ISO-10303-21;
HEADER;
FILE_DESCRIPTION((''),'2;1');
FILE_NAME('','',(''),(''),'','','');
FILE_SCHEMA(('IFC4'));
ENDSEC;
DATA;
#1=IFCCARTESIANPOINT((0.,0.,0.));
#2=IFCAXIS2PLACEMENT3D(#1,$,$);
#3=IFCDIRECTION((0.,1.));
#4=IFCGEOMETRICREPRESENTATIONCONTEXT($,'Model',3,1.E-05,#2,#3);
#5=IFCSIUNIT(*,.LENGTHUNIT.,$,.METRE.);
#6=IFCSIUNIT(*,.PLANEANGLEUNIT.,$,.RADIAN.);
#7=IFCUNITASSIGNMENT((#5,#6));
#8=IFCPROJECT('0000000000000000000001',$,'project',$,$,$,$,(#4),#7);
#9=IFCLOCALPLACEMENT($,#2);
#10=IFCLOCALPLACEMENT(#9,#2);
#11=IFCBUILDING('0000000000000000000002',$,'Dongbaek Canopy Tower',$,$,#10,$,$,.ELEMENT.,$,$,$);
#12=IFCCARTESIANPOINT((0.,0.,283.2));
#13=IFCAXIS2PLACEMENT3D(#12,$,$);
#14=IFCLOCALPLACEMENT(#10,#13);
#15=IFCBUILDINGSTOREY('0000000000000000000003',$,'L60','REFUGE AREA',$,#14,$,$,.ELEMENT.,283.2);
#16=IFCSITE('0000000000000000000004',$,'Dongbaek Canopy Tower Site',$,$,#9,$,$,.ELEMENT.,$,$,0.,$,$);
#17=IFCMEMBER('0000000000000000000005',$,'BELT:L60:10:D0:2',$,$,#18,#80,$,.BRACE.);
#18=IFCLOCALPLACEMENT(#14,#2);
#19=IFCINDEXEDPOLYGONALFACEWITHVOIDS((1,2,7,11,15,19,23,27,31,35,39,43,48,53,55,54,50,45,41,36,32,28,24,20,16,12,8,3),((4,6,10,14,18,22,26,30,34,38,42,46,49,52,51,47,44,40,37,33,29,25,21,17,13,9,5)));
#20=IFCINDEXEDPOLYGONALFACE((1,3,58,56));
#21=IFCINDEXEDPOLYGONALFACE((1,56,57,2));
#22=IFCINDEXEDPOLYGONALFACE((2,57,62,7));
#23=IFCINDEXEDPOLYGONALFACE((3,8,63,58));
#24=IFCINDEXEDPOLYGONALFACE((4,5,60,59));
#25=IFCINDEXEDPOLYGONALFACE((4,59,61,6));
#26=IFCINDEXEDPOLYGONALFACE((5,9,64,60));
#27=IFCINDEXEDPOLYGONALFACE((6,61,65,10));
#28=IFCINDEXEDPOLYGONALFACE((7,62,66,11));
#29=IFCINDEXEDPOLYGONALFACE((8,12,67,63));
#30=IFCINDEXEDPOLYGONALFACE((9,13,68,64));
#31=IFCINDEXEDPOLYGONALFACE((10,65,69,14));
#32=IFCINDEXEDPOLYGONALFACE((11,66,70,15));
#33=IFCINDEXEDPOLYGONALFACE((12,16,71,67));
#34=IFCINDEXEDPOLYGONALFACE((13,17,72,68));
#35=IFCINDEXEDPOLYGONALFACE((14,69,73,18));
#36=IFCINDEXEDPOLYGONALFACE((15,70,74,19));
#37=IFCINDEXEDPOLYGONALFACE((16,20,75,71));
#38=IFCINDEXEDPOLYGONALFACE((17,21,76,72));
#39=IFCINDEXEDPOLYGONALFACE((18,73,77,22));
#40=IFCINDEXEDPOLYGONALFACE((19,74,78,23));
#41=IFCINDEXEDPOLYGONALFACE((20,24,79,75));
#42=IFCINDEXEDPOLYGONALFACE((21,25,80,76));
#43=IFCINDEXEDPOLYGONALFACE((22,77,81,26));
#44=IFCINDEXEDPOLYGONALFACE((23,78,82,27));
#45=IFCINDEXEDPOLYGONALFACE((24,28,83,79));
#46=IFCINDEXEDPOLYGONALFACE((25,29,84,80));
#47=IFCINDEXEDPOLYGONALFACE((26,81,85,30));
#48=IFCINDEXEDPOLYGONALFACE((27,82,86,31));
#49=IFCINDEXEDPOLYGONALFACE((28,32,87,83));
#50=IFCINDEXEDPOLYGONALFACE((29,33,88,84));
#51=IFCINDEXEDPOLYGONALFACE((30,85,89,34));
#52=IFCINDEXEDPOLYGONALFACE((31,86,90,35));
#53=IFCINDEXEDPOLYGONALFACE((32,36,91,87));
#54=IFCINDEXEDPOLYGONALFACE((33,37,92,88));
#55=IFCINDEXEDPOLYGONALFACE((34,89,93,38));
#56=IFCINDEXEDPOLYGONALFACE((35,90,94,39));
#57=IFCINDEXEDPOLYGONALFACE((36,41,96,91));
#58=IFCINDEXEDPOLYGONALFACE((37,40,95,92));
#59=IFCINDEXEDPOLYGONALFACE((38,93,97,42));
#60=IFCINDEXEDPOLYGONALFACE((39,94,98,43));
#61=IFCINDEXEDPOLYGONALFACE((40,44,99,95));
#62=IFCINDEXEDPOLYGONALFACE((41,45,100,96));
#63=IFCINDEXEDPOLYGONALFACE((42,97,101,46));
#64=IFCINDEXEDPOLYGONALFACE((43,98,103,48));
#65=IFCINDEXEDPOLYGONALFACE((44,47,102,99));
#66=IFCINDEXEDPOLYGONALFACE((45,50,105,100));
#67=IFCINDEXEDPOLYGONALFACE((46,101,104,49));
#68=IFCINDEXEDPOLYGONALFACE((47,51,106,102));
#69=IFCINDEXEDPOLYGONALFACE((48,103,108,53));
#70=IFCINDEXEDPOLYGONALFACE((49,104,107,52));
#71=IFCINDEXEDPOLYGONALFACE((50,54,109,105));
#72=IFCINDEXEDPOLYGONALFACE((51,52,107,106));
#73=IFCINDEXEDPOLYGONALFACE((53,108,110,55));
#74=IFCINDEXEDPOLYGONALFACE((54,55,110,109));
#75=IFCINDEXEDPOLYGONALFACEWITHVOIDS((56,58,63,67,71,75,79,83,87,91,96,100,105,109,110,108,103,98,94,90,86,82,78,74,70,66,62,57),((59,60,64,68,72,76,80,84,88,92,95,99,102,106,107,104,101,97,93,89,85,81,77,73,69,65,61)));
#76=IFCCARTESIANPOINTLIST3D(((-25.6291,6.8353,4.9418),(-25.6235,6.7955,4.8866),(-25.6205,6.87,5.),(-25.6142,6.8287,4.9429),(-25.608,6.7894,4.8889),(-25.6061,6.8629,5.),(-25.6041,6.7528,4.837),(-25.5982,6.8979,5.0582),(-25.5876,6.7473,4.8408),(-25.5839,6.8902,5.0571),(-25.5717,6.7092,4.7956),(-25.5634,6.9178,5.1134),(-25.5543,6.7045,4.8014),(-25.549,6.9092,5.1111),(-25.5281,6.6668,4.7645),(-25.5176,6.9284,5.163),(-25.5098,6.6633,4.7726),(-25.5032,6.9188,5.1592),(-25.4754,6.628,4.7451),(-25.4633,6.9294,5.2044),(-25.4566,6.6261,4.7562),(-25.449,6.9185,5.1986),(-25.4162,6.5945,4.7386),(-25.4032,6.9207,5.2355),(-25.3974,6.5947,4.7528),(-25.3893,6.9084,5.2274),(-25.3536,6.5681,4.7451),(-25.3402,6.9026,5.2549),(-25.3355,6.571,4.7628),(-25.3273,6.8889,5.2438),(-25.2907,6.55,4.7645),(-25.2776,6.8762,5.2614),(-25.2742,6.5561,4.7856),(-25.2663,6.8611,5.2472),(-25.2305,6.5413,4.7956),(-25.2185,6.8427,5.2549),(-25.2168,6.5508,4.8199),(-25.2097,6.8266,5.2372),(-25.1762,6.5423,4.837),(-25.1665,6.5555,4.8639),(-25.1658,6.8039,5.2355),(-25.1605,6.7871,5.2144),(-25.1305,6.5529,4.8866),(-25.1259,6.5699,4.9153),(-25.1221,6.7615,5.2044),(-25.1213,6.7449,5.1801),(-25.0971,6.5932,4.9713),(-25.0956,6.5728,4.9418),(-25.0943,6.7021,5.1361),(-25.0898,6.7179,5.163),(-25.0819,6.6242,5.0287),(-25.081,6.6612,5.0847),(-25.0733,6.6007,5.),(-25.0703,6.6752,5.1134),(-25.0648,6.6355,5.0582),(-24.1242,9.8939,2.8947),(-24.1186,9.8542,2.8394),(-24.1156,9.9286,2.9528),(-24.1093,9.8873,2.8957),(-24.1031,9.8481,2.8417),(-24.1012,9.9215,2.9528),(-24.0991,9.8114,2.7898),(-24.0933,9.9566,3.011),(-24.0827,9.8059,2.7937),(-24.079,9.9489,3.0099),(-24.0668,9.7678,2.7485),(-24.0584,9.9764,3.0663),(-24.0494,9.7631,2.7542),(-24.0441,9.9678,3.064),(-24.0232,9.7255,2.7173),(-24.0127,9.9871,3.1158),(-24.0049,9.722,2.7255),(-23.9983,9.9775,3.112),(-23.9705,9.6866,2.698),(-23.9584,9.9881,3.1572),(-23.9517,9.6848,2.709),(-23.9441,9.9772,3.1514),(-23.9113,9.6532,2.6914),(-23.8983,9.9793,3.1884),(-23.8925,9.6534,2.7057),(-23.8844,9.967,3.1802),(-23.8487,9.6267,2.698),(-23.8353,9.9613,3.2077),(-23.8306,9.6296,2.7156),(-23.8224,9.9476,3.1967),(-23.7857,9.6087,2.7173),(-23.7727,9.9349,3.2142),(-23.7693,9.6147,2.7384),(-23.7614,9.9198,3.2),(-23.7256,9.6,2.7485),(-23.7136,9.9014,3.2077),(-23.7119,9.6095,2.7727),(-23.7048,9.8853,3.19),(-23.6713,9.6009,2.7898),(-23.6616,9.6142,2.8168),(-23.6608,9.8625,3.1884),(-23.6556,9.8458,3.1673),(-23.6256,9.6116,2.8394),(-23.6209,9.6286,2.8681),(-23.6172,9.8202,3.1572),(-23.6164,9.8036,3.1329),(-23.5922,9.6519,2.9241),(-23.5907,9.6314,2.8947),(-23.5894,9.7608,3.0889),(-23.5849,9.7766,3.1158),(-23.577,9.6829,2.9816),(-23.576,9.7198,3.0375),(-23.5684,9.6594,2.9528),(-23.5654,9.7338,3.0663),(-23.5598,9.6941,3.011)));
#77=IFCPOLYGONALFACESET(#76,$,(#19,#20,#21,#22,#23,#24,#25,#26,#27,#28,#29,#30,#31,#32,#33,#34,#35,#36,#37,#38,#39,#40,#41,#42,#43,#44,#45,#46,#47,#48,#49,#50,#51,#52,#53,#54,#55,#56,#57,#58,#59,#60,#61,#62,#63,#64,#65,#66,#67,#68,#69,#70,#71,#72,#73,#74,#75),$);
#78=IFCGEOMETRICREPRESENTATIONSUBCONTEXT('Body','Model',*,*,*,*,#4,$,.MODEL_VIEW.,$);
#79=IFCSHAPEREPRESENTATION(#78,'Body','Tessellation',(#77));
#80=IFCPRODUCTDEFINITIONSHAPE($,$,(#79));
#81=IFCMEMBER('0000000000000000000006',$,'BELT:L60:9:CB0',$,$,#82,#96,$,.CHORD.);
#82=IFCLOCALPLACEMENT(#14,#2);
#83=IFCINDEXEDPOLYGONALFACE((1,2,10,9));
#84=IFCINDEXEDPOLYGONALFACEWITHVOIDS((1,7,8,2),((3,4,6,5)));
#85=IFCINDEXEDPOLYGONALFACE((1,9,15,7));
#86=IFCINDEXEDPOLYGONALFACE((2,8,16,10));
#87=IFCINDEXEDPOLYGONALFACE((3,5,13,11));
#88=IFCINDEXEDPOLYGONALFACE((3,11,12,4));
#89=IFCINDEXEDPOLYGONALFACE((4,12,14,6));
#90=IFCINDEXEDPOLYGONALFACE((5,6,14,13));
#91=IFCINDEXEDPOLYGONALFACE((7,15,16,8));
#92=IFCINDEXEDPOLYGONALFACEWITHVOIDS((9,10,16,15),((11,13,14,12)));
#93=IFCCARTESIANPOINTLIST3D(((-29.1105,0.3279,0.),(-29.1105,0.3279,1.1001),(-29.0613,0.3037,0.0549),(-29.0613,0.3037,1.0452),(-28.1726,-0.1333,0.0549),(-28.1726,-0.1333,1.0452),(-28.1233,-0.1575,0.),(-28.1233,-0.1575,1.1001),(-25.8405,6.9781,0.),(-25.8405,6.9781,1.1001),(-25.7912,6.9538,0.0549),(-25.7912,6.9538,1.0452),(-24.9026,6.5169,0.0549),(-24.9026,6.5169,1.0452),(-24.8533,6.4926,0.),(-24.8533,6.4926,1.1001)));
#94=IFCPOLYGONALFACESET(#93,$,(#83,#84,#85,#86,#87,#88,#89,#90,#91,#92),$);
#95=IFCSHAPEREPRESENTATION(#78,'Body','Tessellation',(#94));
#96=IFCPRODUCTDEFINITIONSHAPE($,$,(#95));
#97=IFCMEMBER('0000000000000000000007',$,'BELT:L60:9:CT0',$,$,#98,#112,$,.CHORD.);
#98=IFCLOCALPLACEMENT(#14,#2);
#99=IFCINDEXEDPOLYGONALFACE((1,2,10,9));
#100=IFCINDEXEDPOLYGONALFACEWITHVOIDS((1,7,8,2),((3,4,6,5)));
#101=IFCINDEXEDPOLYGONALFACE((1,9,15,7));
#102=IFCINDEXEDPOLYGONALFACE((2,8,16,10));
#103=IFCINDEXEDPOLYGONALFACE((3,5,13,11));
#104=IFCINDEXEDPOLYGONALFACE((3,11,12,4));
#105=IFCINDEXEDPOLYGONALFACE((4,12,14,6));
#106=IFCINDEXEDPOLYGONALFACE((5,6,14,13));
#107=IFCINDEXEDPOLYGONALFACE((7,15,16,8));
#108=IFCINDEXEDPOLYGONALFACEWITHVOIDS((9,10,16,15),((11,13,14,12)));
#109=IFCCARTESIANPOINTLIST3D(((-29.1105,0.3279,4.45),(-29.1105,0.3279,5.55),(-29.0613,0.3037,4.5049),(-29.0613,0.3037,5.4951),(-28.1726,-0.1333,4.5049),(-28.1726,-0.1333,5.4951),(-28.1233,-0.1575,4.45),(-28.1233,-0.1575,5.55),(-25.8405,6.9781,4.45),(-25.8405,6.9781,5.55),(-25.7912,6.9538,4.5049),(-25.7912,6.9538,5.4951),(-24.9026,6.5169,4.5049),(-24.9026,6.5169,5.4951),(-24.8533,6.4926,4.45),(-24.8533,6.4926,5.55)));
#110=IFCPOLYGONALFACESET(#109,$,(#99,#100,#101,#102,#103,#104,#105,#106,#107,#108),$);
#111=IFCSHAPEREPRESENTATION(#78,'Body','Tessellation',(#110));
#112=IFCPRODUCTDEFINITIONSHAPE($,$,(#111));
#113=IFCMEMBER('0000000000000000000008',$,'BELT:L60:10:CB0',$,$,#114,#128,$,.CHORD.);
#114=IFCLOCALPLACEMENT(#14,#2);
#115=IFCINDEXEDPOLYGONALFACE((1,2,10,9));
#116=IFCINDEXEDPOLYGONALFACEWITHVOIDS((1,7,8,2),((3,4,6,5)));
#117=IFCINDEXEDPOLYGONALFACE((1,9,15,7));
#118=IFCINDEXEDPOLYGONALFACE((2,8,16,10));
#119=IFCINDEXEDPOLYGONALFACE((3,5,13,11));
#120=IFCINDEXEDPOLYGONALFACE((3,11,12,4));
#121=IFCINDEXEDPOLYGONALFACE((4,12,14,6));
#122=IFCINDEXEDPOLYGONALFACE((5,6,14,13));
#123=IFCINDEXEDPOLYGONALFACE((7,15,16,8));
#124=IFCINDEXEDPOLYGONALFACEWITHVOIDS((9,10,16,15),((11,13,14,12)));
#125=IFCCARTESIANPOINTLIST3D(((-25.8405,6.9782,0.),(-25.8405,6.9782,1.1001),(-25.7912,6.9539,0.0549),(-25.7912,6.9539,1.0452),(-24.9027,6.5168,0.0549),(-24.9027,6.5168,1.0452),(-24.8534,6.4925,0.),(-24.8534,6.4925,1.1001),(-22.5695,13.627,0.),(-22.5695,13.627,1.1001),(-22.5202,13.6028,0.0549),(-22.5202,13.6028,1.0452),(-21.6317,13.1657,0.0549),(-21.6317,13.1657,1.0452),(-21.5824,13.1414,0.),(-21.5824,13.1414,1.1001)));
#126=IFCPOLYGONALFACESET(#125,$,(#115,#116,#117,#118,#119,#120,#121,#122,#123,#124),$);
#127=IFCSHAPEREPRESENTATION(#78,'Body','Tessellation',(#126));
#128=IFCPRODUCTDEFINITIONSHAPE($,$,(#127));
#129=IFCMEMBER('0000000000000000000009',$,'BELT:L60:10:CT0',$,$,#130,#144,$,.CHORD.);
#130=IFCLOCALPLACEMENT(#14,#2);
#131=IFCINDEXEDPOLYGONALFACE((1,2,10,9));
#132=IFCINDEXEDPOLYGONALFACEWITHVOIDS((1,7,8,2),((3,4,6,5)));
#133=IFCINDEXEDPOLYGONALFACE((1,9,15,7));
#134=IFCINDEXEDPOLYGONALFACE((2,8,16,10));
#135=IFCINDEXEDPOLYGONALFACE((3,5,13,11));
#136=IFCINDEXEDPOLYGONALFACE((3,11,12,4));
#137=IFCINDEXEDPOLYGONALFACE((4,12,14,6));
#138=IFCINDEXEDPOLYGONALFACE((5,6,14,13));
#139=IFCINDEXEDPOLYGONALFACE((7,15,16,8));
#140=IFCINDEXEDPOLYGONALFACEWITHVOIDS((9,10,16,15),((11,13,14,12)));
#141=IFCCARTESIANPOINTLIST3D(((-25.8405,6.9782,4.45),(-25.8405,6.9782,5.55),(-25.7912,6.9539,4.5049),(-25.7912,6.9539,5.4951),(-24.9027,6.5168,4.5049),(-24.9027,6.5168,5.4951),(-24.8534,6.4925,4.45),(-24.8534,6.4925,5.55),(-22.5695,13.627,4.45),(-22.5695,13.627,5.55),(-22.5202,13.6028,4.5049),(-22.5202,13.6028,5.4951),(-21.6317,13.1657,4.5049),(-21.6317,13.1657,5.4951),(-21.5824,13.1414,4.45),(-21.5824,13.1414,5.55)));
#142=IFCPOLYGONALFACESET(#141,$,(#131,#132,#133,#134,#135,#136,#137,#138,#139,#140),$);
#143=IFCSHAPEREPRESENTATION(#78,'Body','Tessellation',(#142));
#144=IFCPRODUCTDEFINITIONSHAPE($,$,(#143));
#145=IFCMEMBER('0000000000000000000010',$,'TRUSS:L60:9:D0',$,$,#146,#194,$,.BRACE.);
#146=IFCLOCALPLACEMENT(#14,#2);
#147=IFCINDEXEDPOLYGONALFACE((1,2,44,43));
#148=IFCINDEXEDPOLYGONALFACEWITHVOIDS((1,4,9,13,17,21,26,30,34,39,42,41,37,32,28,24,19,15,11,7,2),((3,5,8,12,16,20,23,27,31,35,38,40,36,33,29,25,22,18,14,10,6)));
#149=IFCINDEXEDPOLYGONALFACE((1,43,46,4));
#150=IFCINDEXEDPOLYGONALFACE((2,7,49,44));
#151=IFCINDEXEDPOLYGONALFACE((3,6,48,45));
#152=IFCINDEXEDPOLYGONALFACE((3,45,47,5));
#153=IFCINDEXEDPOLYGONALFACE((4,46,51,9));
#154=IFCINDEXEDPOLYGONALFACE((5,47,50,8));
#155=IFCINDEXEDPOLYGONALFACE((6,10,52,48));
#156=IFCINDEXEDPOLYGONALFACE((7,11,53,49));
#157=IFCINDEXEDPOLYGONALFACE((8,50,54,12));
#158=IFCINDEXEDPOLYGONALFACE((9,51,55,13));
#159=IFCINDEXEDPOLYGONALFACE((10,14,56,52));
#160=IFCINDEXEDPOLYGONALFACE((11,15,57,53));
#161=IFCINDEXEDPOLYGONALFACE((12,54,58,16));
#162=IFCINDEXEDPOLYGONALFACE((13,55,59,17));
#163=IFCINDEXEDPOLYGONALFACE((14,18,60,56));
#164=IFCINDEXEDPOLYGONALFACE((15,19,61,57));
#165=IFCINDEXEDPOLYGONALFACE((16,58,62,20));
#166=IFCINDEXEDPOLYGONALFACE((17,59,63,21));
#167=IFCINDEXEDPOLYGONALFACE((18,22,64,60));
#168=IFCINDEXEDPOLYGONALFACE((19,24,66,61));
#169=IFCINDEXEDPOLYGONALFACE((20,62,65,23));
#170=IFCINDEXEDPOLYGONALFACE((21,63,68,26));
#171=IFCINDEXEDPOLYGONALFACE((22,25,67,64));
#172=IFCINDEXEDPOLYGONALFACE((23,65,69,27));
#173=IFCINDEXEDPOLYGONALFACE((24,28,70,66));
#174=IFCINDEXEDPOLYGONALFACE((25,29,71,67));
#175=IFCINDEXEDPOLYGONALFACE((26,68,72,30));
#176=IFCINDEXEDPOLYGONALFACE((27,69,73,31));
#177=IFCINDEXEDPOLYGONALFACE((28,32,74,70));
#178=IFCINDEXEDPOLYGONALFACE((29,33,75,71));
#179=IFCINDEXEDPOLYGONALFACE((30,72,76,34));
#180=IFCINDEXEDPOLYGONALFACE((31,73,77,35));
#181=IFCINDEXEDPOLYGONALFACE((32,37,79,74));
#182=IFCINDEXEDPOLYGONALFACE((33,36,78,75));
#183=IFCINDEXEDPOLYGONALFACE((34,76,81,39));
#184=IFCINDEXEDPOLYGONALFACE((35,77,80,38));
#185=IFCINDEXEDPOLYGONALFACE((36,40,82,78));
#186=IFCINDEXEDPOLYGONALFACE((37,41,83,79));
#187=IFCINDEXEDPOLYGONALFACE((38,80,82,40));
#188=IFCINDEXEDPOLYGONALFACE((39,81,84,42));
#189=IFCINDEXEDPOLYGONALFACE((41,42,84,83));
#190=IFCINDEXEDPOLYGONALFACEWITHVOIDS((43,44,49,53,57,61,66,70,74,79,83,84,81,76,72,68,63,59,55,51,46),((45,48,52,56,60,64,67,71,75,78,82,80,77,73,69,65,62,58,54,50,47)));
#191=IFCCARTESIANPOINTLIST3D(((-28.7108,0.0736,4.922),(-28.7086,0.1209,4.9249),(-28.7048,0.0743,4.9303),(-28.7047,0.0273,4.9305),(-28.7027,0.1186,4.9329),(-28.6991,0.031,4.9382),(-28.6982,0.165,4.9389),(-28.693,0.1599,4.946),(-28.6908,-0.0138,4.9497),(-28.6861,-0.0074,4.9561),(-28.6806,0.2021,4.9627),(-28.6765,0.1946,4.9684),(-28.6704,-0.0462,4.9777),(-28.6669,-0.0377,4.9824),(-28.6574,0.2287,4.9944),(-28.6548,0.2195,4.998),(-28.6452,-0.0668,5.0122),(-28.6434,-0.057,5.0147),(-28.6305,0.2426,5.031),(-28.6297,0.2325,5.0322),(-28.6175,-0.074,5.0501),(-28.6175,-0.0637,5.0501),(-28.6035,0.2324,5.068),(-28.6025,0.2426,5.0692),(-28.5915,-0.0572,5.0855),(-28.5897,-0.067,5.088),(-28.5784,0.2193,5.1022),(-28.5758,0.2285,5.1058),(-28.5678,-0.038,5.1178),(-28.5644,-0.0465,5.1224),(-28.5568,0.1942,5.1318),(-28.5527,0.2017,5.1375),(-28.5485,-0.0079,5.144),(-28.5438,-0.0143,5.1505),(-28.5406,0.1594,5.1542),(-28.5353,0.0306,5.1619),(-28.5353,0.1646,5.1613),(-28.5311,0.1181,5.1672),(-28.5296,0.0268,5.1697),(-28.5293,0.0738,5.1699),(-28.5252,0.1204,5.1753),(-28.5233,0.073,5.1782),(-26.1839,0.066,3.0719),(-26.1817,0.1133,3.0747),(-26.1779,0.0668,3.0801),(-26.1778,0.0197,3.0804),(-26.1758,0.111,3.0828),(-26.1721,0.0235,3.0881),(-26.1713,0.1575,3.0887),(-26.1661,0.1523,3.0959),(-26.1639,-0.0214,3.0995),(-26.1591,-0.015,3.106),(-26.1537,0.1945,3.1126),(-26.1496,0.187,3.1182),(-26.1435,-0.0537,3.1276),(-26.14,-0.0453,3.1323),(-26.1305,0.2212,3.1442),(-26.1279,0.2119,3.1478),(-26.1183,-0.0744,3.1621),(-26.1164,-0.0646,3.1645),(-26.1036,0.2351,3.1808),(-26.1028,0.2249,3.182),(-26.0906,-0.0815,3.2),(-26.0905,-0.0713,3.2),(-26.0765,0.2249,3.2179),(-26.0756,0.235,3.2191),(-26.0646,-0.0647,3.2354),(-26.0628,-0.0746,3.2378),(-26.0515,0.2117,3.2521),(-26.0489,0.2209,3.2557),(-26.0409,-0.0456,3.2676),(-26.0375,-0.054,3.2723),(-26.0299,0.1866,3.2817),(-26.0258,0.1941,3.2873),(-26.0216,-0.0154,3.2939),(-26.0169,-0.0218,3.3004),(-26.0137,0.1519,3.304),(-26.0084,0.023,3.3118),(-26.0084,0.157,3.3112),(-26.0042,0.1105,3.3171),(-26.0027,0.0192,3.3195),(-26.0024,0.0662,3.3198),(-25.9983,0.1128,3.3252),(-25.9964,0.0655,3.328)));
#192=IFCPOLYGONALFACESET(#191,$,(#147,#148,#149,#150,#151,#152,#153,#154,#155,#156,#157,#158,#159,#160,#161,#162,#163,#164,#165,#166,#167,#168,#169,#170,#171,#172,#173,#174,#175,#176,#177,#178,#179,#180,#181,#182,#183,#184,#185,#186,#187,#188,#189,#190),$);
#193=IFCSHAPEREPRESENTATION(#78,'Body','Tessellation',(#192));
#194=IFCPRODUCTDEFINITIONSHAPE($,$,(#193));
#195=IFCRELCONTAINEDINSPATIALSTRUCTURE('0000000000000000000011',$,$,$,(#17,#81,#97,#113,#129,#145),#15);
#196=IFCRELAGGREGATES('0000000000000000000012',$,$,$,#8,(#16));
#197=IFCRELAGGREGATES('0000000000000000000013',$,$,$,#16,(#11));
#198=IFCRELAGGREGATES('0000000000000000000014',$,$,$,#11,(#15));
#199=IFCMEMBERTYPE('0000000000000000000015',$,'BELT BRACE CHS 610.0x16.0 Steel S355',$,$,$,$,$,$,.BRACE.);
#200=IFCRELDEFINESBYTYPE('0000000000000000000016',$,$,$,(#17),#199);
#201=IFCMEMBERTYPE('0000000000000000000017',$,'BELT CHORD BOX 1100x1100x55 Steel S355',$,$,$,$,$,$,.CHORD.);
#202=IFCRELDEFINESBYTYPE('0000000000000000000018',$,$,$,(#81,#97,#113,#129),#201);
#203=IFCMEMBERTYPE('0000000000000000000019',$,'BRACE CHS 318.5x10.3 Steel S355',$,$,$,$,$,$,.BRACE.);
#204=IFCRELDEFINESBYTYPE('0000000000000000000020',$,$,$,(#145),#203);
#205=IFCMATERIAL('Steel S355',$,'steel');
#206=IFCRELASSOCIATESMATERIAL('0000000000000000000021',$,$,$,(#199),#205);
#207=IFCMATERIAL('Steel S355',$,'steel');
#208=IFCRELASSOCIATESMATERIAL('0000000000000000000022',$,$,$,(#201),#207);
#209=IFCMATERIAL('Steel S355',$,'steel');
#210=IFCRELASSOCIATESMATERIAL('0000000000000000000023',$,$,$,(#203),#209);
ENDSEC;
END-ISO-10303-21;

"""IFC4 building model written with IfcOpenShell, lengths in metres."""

from ifc_helpers import new_model, si_unit, direction, frame, origin, origin_2d, place, context, subcontext, project, spatial, hollow_rectangle, hollow_circle, extrude, material, material_profile, profile_set, type_object, element, save


model = new_model("IFC4")

# Units and contexts
model_context = context("Model", 3, precision=1e-05, world=origin(), true_north=direction((0.0, 1.0)))
body_context = subcontext(model_context, "Body", "Model", "MODEL_VIEW")
ifc_project = project(units=[si_unit("LENGTHUNIT", "METRE"), si_unit("PLANEANGLEUNIT", "RADIAN")], contexts=[model_context])

# Site, building, storey
site_placement = place(None, origin())
site = spatial("IfcSite", under=ifc_project, at=site_placement, Name="Dongbaek Canopy Tower Site", CompositionType="ELEMENT", RefElevation=0.0)
building_placement = place(site_placement, origin())
building = spatial("IfcBuilding", under=site, at=building_placement, Name="Dongbaek Canopy Tower", CompositionType="ELEMENT")
storey_placement = place(building_placement, frame((0.0, 0.0, 283.2)))
storey = spatial("IfcBuildingStorey", under=building, at=storey_placement, Name="L60", Description="REFUGE AREA", CompositionType="ELEMENT", Elevation=283.2)

# Members
ifc_material_1 = material(Name="Steel S355", Category="steel")
ifc_material_profile_1 = material_profile(ifc_material_1, hollow_circle(Radius=0.3049, WallThickness=0.0161, at=origin_2d()), Name="BELT BRACE CHS 610.0x16.0 Steel S355")
ifc_profile_set_1 = profile_set([ifc_material_profile_1], Name="Steel S355")
member_type_1 = type_object("IfcMemberType", Name="BELT BRACE CHS 610.0x16.0 Steel S355", PredefinedType="BRACE", material=ifc_profile_set_1)
member_1_placement = place(storey_placement, frame((-25.3469, 6.7354, 5.0), z_axis=(0.37847, 0.769221, -0.51484), x_axis=(-0.897274, 0.441475, 0.0)))
element("IfcMember", 1, at=member_1_placement, inside=storey, type_object=member_type_1, Name="BELT:L60:10:D0:2", PredefinedType="BRACE", context=body_context, shape_type="SweptSolid", body=[
    extrude(hollow_circle(Radius=0.3049, WallThickness=0.0161, at=origin_2d()), origin(), (0.0, 0.0, 1.0), 3.9763),
])
ifc_material_2 = material(Name="Steel S355", Category="steel")
ifc_material_profile_2 = material_profile(ifc_material_2, hollow_rectangle(XDim=1.1001, YDim=1.1001, WallThickness=0.0549, at=origin_2d()), Name="BELT CHORD BOX 1100x1100x55 Steel S355")
ifc_profile_set_2 = profile_set([ifc_material_profile_2], Name="Steel S355")
member_type_2 = type_object("IfcMemberType", Name="BELT CHORD BOX 1100x1100x55 Steel S355", PredefinedType="CHORD", material=ifc_profile_set_2)
for number, where, z_axis, x_axis, name in (
    (2, (-28.6169, 0.0852, 0.55), (0.441261, 0.897379, 0.0), (-0.897379, 0.441261, 0.0), "BELT:L60:9:CB0"),
    (3, (-28.6169, 0.0852, 5.0), (0.441261, 0.897379, 0.0), (-0.897379, 0.441261, 0.0), "BELT:L60:9:CT0"),
):
    element("IfcMember", number, at=place(storey_placement, frame(where, z_axis=z_axis, x_axis=x_axis)), inside=storey, type_object=member_type_2, Name=name, PredefinedType="CHORD", context=body_context, shape_type="SweptSolid", body=[
        extrude(hollow_rectangle(XDim=1.1001, YDim=1.1001, WallThickness=0.0549, at=origin_2d()), origin(), (0.0, 0.0, 1.0), 7.4106),
    ])
for number, where, z_axis, x_axis, name in (
    (4, (-25.3469, 6.7354, 0.55), (0.441432, 0.897295, 0.0), (-0.897295, 0.441432, 0.0), "BELT:L60:10:CB0"),
    (5, (-25.3469, 6.7354, 5.0), (0.441432, 0.897295, 0.0), (-0.897295, 0.441432, 0.0), "BELT:L60:10:CT0"),
):
    element("IfcMember", number, at=place(storey_placement, frame(where, z_axis=z_axis, x_axis=x_axis)), inside=storey, type_object=member_type_2, Name=name, PredefinedType="CHORD", context=body_context, shape_type="SweptSolid", body=[
        extrude(hollow_rectangle(XDim=1.1001, YDim=1.1001, WallThickness=0.0549, at=origin_2d()), origin(), (0.0, 0.0, 1.0), 7.4099),
    ])
ifc_material_3 = material(Name="Steel S355", Category="steel")
ifc_material_profile_3 = material_profile(ifc_material_3, hollow_circle(Radius=0.1592, WallThickness=0.0103, at=origin_2d()), Name="BRACE CHS 318.5x10.3 Steel S355")
ifc_profile_set_3 = profile_set([ifc_material_profile_3], Name="Steel S355")
member_type_3 = type_object("IfcMemberType", Name="BRACE CHS 318.5x10.3 Steel S355", PredefinedType="BRACE", material=ifc_profile_set_3)
member_2_placement = place(storey_placement, frame((-26.0901, 0.0776, 3.2), z_axis=(-0.806849, 0.002417, 0.590753), x_axis=(-0.002995, -0.999996, 0.0)))
element("IfcMember", 6, at=member_2_placement, inside=storey, type_object=member_type_3, Name="TRUSS:L60:9:D0", PredefinedType="BRACE", context=body_context, shape_type="SweptSolid", body=[
    extrude(hollow_circle(Radius=0.1592, WallThickness=0.0103, at=origin_2d()), origin(), (0.0, 0.0, 1.0), 3.1318),
])

save(model, "model.ifc")
